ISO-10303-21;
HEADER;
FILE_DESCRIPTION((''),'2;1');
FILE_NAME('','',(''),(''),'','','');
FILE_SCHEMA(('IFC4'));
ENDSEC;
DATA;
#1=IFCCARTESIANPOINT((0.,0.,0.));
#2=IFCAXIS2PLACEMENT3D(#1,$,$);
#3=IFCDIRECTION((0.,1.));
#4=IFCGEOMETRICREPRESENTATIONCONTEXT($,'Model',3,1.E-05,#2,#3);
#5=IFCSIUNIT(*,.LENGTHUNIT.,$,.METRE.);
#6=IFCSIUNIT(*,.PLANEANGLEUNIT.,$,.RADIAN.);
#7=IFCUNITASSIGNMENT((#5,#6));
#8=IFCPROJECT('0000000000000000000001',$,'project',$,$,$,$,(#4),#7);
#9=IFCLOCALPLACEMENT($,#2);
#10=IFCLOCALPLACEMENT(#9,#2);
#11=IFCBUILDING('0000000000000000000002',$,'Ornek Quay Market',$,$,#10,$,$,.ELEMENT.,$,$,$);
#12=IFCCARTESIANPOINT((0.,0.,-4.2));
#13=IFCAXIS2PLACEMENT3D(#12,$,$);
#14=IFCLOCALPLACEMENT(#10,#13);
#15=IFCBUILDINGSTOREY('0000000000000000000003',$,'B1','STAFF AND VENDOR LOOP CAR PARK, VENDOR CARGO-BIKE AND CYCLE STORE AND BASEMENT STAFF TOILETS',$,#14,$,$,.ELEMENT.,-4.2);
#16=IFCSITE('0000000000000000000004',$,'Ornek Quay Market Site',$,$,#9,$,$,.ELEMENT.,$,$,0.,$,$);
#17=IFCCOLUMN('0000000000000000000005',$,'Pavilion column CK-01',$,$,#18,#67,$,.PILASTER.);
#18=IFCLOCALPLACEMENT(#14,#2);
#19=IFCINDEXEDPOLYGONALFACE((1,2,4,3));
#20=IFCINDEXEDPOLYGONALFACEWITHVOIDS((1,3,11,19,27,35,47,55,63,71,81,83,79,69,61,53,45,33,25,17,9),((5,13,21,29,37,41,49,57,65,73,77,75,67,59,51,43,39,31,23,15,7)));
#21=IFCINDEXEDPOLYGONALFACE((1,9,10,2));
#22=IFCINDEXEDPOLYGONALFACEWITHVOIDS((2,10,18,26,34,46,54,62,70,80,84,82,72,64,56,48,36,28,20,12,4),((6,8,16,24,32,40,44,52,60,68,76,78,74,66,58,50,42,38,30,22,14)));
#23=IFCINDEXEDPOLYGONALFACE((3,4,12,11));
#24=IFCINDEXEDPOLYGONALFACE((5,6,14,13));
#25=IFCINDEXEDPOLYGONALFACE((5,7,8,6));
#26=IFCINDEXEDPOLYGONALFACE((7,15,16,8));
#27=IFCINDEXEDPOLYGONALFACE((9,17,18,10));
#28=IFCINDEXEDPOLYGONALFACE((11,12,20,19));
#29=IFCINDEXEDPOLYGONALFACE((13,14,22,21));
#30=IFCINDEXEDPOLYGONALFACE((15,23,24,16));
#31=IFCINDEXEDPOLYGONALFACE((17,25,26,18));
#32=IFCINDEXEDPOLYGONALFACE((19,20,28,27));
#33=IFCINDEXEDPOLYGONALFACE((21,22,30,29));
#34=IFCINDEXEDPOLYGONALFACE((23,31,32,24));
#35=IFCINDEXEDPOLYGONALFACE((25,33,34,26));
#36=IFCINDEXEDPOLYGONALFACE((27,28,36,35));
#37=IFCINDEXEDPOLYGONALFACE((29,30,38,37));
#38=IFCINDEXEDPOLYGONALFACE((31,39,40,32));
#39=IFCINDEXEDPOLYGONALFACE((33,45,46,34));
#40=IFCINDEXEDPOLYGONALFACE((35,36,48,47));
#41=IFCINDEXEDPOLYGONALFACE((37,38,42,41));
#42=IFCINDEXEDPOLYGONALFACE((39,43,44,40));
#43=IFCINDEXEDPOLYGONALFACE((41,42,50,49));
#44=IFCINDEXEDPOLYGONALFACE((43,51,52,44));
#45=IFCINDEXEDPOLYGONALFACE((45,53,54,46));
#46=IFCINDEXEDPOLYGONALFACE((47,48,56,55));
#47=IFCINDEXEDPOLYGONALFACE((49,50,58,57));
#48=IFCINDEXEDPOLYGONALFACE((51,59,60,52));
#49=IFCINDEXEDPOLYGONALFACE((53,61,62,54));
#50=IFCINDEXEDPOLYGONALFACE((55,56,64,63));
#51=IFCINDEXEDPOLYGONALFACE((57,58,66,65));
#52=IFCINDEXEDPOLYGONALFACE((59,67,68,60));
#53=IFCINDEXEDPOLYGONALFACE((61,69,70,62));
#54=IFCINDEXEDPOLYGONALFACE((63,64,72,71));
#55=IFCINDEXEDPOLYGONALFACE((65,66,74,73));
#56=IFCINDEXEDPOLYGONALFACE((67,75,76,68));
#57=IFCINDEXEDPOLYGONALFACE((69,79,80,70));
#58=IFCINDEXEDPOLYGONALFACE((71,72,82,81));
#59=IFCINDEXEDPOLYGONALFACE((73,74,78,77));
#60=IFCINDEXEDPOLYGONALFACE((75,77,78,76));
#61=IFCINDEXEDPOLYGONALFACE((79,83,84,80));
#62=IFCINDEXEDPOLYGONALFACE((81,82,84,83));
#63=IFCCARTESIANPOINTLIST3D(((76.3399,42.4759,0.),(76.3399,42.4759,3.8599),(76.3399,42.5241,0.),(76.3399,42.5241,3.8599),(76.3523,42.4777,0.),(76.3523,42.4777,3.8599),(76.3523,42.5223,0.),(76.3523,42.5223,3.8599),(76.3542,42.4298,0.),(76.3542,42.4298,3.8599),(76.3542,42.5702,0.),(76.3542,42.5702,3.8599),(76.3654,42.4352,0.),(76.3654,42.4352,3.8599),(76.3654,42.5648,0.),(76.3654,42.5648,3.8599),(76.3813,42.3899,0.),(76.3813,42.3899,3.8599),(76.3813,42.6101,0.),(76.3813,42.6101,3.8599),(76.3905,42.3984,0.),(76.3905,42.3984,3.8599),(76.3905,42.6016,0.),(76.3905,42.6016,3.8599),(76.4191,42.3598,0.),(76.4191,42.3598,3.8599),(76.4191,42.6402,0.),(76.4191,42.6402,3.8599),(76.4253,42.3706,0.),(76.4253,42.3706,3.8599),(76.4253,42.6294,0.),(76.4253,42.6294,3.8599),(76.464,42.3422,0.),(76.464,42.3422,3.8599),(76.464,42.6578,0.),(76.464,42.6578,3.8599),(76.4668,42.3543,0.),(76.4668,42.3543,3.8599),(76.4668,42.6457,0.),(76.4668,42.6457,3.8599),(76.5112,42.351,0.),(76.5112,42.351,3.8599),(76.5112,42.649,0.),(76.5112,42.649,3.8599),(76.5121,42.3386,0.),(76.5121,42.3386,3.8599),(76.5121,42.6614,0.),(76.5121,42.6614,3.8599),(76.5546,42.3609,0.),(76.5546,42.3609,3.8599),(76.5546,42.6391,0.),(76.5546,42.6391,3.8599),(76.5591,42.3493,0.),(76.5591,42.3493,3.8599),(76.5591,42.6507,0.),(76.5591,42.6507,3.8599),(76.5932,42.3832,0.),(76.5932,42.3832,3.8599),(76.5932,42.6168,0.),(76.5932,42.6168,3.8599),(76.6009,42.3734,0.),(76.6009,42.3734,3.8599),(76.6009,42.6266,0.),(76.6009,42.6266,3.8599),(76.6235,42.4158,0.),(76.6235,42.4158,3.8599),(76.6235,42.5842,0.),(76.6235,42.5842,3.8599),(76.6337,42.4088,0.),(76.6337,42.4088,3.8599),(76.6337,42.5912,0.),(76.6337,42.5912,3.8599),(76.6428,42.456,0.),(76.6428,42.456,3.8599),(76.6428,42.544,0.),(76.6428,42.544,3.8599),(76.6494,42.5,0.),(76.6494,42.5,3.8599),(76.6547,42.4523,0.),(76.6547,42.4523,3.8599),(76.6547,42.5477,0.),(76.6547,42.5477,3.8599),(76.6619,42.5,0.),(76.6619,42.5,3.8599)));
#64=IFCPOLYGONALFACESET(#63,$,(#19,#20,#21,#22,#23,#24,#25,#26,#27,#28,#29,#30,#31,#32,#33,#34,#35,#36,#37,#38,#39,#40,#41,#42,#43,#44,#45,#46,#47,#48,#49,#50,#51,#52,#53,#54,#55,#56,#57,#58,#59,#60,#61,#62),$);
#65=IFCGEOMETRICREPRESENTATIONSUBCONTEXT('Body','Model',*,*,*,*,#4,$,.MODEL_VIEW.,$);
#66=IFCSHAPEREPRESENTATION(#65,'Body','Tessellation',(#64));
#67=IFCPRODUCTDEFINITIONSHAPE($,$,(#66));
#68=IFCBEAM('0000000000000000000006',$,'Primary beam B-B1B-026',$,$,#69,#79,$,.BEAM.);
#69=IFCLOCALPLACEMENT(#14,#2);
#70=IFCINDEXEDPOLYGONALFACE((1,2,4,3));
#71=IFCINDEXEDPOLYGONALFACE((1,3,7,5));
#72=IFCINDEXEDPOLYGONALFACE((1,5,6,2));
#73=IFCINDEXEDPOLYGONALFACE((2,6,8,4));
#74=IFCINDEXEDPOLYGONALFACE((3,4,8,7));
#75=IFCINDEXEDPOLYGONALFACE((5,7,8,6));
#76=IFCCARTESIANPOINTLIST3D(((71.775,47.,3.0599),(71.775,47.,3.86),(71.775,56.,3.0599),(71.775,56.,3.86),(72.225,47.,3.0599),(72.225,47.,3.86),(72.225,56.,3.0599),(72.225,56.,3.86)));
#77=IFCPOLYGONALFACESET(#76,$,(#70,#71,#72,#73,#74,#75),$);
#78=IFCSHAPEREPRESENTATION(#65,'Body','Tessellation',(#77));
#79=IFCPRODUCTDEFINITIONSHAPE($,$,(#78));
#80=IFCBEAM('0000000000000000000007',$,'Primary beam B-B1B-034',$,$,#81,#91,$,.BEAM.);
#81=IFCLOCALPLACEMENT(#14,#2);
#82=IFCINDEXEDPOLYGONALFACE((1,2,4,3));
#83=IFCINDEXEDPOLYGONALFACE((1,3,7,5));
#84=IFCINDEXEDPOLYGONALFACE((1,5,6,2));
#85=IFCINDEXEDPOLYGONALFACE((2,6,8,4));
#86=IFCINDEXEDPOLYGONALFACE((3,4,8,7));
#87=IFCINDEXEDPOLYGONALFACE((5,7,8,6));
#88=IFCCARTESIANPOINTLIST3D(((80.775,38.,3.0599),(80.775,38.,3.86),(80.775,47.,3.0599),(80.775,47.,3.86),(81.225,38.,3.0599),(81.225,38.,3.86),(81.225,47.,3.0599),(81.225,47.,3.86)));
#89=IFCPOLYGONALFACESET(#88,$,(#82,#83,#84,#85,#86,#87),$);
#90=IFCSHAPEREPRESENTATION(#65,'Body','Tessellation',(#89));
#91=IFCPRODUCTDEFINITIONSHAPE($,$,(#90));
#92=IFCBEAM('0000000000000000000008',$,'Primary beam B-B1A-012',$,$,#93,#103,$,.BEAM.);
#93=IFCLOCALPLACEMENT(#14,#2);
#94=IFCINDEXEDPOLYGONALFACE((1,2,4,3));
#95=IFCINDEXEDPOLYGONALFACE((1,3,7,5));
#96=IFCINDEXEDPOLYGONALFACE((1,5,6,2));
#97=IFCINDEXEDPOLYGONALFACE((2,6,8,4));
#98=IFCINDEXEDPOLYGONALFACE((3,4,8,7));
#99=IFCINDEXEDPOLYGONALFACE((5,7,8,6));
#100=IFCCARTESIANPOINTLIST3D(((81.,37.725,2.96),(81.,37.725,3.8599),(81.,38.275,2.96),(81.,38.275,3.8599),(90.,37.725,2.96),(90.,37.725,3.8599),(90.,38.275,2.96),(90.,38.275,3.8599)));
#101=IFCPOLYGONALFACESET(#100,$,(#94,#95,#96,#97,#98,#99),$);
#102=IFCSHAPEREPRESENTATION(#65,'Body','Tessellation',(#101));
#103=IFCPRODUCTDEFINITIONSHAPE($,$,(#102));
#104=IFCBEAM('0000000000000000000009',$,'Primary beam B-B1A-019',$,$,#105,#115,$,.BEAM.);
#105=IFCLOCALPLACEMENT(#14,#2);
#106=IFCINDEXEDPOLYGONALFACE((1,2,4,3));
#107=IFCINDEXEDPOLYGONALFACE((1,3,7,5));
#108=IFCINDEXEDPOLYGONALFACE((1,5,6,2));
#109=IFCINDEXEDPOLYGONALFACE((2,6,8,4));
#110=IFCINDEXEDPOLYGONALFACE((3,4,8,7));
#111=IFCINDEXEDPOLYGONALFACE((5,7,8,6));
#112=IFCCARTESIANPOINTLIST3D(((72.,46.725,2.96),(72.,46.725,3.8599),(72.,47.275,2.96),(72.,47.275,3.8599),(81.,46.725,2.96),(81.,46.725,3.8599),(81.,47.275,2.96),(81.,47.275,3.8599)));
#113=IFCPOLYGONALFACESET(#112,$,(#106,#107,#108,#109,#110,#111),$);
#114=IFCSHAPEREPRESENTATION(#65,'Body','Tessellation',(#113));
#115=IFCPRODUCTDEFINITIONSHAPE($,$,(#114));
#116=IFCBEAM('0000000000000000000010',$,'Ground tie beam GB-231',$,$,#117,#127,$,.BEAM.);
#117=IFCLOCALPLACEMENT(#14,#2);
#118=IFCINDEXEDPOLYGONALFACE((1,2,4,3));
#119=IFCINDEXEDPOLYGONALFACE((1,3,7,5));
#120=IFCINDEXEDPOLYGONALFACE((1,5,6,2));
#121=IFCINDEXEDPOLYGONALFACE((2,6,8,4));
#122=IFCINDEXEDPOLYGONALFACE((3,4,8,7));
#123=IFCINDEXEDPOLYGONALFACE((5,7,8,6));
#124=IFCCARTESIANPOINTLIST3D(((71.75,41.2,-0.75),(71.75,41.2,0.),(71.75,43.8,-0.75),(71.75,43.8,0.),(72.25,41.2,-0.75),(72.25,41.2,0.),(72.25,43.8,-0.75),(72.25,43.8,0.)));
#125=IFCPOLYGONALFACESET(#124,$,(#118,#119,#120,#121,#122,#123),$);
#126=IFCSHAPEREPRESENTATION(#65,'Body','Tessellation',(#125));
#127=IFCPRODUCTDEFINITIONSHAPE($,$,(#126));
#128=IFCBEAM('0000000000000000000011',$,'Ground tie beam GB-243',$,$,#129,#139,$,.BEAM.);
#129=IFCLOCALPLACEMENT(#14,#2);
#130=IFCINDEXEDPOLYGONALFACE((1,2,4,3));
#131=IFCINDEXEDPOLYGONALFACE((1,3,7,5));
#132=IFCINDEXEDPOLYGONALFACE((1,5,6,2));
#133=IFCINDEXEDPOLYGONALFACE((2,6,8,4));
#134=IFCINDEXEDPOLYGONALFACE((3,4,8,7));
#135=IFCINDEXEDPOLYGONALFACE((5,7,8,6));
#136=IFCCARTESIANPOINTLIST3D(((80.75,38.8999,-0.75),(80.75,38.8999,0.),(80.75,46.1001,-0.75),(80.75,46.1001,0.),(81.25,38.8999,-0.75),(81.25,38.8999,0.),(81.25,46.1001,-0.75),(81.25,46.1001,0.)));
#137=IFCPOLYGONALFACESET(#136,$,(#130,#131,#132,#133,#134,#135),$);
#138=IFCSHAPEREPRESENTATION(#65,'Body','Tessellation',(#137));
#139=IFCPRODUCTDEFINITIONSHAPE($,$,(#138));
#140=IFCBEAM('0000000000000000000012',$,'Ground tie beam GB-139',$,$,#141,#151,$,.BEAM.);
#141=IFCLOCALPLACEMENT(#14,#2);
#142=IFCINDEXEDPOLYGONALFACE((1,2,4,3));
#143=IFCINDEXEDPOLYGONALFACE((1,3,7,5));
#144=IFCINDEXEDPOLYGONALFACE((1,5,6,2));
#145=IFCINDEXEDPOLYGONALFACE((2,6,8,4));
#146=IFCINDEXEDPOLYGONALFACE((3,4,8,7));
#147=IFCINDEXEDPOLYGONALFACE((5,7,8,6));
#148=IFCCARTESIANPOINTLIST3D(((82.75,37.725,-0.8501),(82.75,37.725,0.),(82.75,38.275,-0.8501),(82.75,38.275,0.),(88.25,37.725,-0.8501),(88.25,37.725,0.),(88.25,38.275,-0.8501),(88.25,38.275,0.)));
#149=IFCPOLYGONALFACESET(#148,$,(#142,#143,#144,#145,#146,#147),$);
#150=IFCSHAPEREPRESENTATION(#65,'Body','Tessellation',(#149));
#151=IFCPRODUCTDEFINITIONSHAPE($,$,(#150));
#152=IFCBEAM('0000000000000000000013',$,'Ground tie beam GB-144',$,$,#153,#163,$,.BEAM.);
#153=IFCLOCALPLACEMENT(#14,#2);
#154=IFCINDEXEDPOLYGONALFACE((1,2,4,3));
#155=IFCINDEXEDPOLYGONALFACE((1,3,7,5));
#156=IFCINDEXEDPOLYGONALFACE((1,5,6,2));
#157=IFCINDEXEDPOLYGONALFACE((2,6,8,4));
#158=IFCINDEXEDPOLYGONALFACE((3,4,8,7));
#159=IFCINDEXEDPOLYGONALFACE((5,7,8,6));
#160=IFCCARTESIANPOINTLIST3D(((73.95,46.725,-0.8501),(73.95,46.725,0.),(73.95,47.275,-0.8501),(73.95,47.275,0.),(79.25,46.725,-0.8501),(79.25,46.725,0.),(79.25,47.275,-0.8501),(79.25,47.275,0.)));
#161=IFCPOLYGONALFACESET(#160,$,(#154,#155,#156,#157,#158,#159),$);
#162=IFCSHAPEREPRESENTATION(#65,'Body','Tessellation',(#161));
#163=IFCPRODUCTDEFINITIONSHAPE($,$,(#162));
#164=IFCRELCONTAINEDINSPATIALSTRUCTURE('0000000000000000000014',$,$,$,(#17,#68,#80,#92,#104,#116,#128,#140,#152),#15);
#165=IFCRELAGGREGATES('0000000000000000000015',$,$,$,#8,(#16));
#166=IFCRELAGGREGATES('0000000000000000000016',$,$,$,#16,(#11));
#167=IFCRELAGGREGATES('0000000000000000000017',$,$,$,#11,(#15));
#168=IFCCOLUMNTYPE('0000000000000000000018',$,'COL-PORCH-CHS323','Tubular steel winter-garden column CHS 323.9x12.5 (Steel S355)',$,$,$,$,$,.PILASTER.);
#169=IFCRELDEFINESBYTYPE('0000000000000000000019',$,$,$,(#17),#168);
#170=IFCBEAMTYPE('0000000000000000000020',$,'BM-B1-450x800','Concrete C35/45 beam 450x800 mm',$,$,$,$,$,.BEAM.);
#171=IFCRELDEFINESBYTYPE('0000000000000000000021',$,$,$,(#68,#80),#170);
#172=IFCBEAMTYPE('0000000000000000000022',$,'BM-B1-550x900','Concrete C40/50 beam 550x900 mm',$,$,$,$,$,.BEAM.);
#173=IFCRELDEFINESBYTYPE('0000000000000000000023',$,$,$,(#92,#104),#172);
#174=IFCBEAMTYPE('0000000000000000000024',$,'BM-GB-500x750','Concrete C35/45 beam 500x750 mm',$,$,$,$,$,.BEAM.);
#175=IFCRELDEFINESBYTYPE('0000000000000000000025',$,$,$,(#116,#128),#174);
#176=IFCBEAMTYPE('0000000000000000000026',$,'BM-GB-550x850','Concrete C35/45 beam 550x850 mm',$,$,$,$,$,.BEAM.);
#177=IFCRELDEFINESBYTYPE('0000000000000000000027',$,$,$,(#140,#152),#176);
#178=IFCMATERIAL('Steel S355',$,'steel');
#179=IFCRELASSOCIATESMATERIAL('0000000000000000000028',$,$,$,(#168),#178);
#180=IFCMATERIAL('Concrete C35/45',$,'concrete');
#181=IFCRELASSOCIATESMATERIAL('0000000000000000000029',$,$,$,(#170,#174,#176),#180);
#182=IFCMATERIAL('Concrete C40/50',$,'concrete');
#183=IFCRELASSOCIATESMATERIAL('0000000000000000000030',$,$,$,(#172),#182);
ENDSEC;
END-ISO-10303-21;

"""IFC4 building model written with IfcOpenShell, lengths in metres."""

from ifc_helpers import new_model, si_unit, direction, frame, origin, origin_2d, place, context, subcontext, project, spatial, rectangle, hollow_circle, extrude, material, material_profile, profile_set, type_object, element, save


model = new_model("IFC4")

# Units and contexts
model_context = context("Model", 3, precision=1e-05, world=origin(), true_north=direction((0.0, 1.0)))
body_context = subcontext(model_context, "Body", "Model", "MODEL_VIEW")
ifc_project = project(units=[si_unit("LENGTHUNIT", "METRE"), si_unit("PLANEANGLEUNIT", "RADIAN")], contexts=[model_context])

# Site, building, storey
site_placement = place(None, origin())
site = spatial("IfcSite", under=ifc_project, at=site_placement, Name="Ornek Quay Market Site", CompositionType="ELEMENT", RefElevation=0.0)
building_placement = place(site_placement, origin())
building = spatial("IfcBuilding", under=site, at=building_placement, Name="Ornek Quay Market", CompositionType="ELEMENT")
storey_placement = place(building_placement, frame((0.0, 0.0, -4.2)))
storey = spatial("IfcBuildingStorey", under=building, at=storey_placement, Name="B1", Description="STAFF AND VENDOR LOOP CAR PARK, VENDOR CARGO-BIKE AND CYCLE STORE AND BASEMENT STAFF TOILETS", CompositionType="ELEMENT", Elevation=-4.2)

# Shared definitions
ifc_material_1 = material(Name="Concrete C35/45", Category="concrete")

# Column
ifc_material_2 = material(Name="Concrete C40/50", Category="concrete")
ifc_material_3 = material(Name="Steel S355", Category="steel")
ifc_material_profile_1 = material_profile(ifc_material_3, hollow_circle(Radius=0.1619, WallThickness=0.0125, at=origin_2d()), Name="CHS 323.9x12.5", Category="steel")
ifc_profile_set_1 = profile_set([ifc_material_profile_1], Name="Steel S355")
column_type_1 = type_object("IfcColumnType", Name="COL-PORCH-CHS323", Description="Tubular steel winter-garden column CHS 323.9x12.5 (Steel S355)", PredefinedType="PILASTER", material=ifc_profile_set_1)
column_1_placement = place(storey_placement, frame((76.5, 42.5, 0.0), z_axis=(0.0, 0.0, 1.0), x_axis=(1.0, 0.0, 0.0)))
element("IfcColumn", 1, at=column_1_placement, inside=storey, type_object=column_type_1, Name="Pavilion column CK-01", PredefinedType="PILASTER", context=body_context, shape_type="SweptSolid", body=[
    extrude(hollow_circle(Radius=0.1619, WallThickness=0.0125, at=origin_2d()), origin(), (0.0, 0.0, 1.0), 3.8599),
])

# Beams
ifc_material_profile_2 = material_profile(ifc_material_1, rectangle(XDim=0.45, YDim=0.8, at=origin_2d()), Name="RC 450x800", Category="concrete")
ifc_profile_set_2 = profile_set([ifc_material_profile_2], Name="Concrete C35/45")
beam_type_1 = type_object("IfcBeamType", Name="BM-B1-450x800", Description="Concrete C35/45 beam 450x800 mm", PredefinedType="BEAM", material=ifc_profile_set_2)
for number, where, z_axis, x_axis, name in (
    (2, (72.0, 47.0, 3.46), (0.0, 1.0, 0.0), (-1.0, 0.0, 0.0), "Primary beam B-B1B-026"),
    (3, (81.0, 38.0, 3.46), (0.0, 1.0, 0.0), (-1.0, 0.0, 0.0), "Primary beam B-B1B-034"),
):
    element("IfcBeam", number, at=place(storey_placement, frame(where, z_axis=z_axis, x_axis=x_axis)), inside=storey, type_object=beam_type_1, Name=name, PredefinedType="BEAM", context=body_context, shape_type="SweptSolid", body=[
        extrude(rectangle(XDim=0.45, YDim=0.8, at=origin_2d()), origin(), (0.0, 0.0, 1.0), 9.0),
    ])
ifc_material_profile_3 = material_profile(ifc_material_2, rectangle(XDim=0.55, YDim=0.8999, at=origin_2d()), Name="RC 550x900", Category="concrete")
ifc_profile_set_3 = profile_set([ifc_material_profile_3], Name="Concrete C40/50")
beam_type_2 = type_object("IfcBeamType", Name="BM-B1-550x900", Description="Concrete C40/50 beam 550x900 mm", PredefinedType="BEAM", material=ifc_profile_set_3)
for number, where, z_axis, x_axis, name in (
    (4, (81.0, 38.0, 3.4099), (1.0, 0.0, 0.0), (0.0, 1.0, 0.0), "Primary beam B-B1A-012"),
    (5, (72.0, 47.0, 3.4099), (1.0, 0.0, 0.0), (0.0, 1.0, 0.0), "Primary beam B-B1A-019"),
):
    element("IfcBeam", number, at=place(storey_placement, frame(where, z_axis=z_axis, x_axis=x_axis)), inside=storey, type_object=beam_type_2, Name=name, PredefinedType="BEAM", context=body_context, shape_type="SweptSolid", body=[
        extrude(rectangle(XDim=0.55, YDim=0.8999, at=origin_2d()), origin(), (0.0, 0.0, 1.0), 9.0),
    ])
ifc_material_profile_4 = material_profile(ifc_material_1, rectangle(XDim=0.5, YDim=0.75, at=origin_2d()), Name="RC 500x750", Category="concrete")
ifc_profile_set_4 = profile_set([ifc_material_profile_4], Name="Concrete C35/45")
beam_type_3 = type_object("IfcBeamType", Name="BM-GB-500x750", Description="Concrete C35/45 beam 500x750 mm", PredefinedType="BEAM", material=ifc_profile_set_4)
beam_1_placement = place(storey_placement, frame((72.0, 41.2, -0.375), z_axis=(0.0, 1.0, 0.0), x_axis=(-1.0, 0.0, 0.0)))
element("IfcBeam", 6, at=beam_1_placement, inside=storey, type_object=beam_type_3, Name="Ground tie beam GB-231", PredefinedType="BEAM", context=body_context, shape_type="SweptSolid", body=[
    extrude(rectangle(XDim=0.5, YDim=0.75, at=origin_2d()), origin(), (0.0, 0.0, 1.0), 2.6001),
])
beam_2_placement = place(storey_placement, frame((81.0, 38.8999, -0.375), z_axis=(0.0, 1.0, 0.0), x_axis=(-1.0, 0.0, 0.0)))
element("IfcBeam", 7, at=beam_2_placement, inside=storey, type_object=beam_type_3, Name="Ground tie beam GB-243", PredefinedType="BEAM", context=body_context, shape_type="SweptSolid", body=[
    extrude(rectangle(XDim=0.5, YDim=0.75, at=origin_2d()), origin(), (0.0, 0.0, 1.0), 7.2002),
])
ifc_material_profile_5 = material_profile(ifc_material_1, rectangle(XDim=0.55, YDim=0.8501, at=origin_2d()), Name="RC 550x850", Category="concrete")
ifc_profile_set_5 = profile_set([ifc_material_profile_5], Name="Concrete C35/45")
beam_type_4 = type_object("IfcBeamType", Name="BM-GB-550x850", Description="Concrete C35/45 beam 550x850 mm", PredefinedType="BEAM", material=ifc_profile_set_5)
beam_3_placement = place(storey_placement, frame((82.75, 38.0, -0.425), z_axis=(1.0, 0.0, 0.0), x_axis=(0.0, 1.0, 0.0)))
element("IfcBeam", 8, at=beam_3_placement, inside=storey, type_object=beam_type_4, Name="Ground tie beam GB-139", PredefinedType="BEAM", context=body_context, shape_type="SweptSolid", body=[
    extrude(rectangle(XDim=0.55, YDim=0.8501, at=origin_2d()), origin(), (0.0, 0.0, 1.0), 5.5),
])
beam_4_placement = place(storey_placement, frame((73.95, 47.0, -0.425), z_axis=(1.0, 0.0, 0.0), x_axis=(0.0, 1.0, 0.0)))
element("IfcBeam", 9, at=beam_4_placement, inside=storey, type_object=beam_type_4, Name="Ground tie beam GB-144", PredefinedType="BEAM", context=body_context, shape_type="SweptSolid", body=[
    extrude(rectangle(XDim=0.55, YDim=0.8501, at=origin_2d()), origin(), (0.0, 0.0, 1.0), 5.3),
])

save(model, "model.ifc")
